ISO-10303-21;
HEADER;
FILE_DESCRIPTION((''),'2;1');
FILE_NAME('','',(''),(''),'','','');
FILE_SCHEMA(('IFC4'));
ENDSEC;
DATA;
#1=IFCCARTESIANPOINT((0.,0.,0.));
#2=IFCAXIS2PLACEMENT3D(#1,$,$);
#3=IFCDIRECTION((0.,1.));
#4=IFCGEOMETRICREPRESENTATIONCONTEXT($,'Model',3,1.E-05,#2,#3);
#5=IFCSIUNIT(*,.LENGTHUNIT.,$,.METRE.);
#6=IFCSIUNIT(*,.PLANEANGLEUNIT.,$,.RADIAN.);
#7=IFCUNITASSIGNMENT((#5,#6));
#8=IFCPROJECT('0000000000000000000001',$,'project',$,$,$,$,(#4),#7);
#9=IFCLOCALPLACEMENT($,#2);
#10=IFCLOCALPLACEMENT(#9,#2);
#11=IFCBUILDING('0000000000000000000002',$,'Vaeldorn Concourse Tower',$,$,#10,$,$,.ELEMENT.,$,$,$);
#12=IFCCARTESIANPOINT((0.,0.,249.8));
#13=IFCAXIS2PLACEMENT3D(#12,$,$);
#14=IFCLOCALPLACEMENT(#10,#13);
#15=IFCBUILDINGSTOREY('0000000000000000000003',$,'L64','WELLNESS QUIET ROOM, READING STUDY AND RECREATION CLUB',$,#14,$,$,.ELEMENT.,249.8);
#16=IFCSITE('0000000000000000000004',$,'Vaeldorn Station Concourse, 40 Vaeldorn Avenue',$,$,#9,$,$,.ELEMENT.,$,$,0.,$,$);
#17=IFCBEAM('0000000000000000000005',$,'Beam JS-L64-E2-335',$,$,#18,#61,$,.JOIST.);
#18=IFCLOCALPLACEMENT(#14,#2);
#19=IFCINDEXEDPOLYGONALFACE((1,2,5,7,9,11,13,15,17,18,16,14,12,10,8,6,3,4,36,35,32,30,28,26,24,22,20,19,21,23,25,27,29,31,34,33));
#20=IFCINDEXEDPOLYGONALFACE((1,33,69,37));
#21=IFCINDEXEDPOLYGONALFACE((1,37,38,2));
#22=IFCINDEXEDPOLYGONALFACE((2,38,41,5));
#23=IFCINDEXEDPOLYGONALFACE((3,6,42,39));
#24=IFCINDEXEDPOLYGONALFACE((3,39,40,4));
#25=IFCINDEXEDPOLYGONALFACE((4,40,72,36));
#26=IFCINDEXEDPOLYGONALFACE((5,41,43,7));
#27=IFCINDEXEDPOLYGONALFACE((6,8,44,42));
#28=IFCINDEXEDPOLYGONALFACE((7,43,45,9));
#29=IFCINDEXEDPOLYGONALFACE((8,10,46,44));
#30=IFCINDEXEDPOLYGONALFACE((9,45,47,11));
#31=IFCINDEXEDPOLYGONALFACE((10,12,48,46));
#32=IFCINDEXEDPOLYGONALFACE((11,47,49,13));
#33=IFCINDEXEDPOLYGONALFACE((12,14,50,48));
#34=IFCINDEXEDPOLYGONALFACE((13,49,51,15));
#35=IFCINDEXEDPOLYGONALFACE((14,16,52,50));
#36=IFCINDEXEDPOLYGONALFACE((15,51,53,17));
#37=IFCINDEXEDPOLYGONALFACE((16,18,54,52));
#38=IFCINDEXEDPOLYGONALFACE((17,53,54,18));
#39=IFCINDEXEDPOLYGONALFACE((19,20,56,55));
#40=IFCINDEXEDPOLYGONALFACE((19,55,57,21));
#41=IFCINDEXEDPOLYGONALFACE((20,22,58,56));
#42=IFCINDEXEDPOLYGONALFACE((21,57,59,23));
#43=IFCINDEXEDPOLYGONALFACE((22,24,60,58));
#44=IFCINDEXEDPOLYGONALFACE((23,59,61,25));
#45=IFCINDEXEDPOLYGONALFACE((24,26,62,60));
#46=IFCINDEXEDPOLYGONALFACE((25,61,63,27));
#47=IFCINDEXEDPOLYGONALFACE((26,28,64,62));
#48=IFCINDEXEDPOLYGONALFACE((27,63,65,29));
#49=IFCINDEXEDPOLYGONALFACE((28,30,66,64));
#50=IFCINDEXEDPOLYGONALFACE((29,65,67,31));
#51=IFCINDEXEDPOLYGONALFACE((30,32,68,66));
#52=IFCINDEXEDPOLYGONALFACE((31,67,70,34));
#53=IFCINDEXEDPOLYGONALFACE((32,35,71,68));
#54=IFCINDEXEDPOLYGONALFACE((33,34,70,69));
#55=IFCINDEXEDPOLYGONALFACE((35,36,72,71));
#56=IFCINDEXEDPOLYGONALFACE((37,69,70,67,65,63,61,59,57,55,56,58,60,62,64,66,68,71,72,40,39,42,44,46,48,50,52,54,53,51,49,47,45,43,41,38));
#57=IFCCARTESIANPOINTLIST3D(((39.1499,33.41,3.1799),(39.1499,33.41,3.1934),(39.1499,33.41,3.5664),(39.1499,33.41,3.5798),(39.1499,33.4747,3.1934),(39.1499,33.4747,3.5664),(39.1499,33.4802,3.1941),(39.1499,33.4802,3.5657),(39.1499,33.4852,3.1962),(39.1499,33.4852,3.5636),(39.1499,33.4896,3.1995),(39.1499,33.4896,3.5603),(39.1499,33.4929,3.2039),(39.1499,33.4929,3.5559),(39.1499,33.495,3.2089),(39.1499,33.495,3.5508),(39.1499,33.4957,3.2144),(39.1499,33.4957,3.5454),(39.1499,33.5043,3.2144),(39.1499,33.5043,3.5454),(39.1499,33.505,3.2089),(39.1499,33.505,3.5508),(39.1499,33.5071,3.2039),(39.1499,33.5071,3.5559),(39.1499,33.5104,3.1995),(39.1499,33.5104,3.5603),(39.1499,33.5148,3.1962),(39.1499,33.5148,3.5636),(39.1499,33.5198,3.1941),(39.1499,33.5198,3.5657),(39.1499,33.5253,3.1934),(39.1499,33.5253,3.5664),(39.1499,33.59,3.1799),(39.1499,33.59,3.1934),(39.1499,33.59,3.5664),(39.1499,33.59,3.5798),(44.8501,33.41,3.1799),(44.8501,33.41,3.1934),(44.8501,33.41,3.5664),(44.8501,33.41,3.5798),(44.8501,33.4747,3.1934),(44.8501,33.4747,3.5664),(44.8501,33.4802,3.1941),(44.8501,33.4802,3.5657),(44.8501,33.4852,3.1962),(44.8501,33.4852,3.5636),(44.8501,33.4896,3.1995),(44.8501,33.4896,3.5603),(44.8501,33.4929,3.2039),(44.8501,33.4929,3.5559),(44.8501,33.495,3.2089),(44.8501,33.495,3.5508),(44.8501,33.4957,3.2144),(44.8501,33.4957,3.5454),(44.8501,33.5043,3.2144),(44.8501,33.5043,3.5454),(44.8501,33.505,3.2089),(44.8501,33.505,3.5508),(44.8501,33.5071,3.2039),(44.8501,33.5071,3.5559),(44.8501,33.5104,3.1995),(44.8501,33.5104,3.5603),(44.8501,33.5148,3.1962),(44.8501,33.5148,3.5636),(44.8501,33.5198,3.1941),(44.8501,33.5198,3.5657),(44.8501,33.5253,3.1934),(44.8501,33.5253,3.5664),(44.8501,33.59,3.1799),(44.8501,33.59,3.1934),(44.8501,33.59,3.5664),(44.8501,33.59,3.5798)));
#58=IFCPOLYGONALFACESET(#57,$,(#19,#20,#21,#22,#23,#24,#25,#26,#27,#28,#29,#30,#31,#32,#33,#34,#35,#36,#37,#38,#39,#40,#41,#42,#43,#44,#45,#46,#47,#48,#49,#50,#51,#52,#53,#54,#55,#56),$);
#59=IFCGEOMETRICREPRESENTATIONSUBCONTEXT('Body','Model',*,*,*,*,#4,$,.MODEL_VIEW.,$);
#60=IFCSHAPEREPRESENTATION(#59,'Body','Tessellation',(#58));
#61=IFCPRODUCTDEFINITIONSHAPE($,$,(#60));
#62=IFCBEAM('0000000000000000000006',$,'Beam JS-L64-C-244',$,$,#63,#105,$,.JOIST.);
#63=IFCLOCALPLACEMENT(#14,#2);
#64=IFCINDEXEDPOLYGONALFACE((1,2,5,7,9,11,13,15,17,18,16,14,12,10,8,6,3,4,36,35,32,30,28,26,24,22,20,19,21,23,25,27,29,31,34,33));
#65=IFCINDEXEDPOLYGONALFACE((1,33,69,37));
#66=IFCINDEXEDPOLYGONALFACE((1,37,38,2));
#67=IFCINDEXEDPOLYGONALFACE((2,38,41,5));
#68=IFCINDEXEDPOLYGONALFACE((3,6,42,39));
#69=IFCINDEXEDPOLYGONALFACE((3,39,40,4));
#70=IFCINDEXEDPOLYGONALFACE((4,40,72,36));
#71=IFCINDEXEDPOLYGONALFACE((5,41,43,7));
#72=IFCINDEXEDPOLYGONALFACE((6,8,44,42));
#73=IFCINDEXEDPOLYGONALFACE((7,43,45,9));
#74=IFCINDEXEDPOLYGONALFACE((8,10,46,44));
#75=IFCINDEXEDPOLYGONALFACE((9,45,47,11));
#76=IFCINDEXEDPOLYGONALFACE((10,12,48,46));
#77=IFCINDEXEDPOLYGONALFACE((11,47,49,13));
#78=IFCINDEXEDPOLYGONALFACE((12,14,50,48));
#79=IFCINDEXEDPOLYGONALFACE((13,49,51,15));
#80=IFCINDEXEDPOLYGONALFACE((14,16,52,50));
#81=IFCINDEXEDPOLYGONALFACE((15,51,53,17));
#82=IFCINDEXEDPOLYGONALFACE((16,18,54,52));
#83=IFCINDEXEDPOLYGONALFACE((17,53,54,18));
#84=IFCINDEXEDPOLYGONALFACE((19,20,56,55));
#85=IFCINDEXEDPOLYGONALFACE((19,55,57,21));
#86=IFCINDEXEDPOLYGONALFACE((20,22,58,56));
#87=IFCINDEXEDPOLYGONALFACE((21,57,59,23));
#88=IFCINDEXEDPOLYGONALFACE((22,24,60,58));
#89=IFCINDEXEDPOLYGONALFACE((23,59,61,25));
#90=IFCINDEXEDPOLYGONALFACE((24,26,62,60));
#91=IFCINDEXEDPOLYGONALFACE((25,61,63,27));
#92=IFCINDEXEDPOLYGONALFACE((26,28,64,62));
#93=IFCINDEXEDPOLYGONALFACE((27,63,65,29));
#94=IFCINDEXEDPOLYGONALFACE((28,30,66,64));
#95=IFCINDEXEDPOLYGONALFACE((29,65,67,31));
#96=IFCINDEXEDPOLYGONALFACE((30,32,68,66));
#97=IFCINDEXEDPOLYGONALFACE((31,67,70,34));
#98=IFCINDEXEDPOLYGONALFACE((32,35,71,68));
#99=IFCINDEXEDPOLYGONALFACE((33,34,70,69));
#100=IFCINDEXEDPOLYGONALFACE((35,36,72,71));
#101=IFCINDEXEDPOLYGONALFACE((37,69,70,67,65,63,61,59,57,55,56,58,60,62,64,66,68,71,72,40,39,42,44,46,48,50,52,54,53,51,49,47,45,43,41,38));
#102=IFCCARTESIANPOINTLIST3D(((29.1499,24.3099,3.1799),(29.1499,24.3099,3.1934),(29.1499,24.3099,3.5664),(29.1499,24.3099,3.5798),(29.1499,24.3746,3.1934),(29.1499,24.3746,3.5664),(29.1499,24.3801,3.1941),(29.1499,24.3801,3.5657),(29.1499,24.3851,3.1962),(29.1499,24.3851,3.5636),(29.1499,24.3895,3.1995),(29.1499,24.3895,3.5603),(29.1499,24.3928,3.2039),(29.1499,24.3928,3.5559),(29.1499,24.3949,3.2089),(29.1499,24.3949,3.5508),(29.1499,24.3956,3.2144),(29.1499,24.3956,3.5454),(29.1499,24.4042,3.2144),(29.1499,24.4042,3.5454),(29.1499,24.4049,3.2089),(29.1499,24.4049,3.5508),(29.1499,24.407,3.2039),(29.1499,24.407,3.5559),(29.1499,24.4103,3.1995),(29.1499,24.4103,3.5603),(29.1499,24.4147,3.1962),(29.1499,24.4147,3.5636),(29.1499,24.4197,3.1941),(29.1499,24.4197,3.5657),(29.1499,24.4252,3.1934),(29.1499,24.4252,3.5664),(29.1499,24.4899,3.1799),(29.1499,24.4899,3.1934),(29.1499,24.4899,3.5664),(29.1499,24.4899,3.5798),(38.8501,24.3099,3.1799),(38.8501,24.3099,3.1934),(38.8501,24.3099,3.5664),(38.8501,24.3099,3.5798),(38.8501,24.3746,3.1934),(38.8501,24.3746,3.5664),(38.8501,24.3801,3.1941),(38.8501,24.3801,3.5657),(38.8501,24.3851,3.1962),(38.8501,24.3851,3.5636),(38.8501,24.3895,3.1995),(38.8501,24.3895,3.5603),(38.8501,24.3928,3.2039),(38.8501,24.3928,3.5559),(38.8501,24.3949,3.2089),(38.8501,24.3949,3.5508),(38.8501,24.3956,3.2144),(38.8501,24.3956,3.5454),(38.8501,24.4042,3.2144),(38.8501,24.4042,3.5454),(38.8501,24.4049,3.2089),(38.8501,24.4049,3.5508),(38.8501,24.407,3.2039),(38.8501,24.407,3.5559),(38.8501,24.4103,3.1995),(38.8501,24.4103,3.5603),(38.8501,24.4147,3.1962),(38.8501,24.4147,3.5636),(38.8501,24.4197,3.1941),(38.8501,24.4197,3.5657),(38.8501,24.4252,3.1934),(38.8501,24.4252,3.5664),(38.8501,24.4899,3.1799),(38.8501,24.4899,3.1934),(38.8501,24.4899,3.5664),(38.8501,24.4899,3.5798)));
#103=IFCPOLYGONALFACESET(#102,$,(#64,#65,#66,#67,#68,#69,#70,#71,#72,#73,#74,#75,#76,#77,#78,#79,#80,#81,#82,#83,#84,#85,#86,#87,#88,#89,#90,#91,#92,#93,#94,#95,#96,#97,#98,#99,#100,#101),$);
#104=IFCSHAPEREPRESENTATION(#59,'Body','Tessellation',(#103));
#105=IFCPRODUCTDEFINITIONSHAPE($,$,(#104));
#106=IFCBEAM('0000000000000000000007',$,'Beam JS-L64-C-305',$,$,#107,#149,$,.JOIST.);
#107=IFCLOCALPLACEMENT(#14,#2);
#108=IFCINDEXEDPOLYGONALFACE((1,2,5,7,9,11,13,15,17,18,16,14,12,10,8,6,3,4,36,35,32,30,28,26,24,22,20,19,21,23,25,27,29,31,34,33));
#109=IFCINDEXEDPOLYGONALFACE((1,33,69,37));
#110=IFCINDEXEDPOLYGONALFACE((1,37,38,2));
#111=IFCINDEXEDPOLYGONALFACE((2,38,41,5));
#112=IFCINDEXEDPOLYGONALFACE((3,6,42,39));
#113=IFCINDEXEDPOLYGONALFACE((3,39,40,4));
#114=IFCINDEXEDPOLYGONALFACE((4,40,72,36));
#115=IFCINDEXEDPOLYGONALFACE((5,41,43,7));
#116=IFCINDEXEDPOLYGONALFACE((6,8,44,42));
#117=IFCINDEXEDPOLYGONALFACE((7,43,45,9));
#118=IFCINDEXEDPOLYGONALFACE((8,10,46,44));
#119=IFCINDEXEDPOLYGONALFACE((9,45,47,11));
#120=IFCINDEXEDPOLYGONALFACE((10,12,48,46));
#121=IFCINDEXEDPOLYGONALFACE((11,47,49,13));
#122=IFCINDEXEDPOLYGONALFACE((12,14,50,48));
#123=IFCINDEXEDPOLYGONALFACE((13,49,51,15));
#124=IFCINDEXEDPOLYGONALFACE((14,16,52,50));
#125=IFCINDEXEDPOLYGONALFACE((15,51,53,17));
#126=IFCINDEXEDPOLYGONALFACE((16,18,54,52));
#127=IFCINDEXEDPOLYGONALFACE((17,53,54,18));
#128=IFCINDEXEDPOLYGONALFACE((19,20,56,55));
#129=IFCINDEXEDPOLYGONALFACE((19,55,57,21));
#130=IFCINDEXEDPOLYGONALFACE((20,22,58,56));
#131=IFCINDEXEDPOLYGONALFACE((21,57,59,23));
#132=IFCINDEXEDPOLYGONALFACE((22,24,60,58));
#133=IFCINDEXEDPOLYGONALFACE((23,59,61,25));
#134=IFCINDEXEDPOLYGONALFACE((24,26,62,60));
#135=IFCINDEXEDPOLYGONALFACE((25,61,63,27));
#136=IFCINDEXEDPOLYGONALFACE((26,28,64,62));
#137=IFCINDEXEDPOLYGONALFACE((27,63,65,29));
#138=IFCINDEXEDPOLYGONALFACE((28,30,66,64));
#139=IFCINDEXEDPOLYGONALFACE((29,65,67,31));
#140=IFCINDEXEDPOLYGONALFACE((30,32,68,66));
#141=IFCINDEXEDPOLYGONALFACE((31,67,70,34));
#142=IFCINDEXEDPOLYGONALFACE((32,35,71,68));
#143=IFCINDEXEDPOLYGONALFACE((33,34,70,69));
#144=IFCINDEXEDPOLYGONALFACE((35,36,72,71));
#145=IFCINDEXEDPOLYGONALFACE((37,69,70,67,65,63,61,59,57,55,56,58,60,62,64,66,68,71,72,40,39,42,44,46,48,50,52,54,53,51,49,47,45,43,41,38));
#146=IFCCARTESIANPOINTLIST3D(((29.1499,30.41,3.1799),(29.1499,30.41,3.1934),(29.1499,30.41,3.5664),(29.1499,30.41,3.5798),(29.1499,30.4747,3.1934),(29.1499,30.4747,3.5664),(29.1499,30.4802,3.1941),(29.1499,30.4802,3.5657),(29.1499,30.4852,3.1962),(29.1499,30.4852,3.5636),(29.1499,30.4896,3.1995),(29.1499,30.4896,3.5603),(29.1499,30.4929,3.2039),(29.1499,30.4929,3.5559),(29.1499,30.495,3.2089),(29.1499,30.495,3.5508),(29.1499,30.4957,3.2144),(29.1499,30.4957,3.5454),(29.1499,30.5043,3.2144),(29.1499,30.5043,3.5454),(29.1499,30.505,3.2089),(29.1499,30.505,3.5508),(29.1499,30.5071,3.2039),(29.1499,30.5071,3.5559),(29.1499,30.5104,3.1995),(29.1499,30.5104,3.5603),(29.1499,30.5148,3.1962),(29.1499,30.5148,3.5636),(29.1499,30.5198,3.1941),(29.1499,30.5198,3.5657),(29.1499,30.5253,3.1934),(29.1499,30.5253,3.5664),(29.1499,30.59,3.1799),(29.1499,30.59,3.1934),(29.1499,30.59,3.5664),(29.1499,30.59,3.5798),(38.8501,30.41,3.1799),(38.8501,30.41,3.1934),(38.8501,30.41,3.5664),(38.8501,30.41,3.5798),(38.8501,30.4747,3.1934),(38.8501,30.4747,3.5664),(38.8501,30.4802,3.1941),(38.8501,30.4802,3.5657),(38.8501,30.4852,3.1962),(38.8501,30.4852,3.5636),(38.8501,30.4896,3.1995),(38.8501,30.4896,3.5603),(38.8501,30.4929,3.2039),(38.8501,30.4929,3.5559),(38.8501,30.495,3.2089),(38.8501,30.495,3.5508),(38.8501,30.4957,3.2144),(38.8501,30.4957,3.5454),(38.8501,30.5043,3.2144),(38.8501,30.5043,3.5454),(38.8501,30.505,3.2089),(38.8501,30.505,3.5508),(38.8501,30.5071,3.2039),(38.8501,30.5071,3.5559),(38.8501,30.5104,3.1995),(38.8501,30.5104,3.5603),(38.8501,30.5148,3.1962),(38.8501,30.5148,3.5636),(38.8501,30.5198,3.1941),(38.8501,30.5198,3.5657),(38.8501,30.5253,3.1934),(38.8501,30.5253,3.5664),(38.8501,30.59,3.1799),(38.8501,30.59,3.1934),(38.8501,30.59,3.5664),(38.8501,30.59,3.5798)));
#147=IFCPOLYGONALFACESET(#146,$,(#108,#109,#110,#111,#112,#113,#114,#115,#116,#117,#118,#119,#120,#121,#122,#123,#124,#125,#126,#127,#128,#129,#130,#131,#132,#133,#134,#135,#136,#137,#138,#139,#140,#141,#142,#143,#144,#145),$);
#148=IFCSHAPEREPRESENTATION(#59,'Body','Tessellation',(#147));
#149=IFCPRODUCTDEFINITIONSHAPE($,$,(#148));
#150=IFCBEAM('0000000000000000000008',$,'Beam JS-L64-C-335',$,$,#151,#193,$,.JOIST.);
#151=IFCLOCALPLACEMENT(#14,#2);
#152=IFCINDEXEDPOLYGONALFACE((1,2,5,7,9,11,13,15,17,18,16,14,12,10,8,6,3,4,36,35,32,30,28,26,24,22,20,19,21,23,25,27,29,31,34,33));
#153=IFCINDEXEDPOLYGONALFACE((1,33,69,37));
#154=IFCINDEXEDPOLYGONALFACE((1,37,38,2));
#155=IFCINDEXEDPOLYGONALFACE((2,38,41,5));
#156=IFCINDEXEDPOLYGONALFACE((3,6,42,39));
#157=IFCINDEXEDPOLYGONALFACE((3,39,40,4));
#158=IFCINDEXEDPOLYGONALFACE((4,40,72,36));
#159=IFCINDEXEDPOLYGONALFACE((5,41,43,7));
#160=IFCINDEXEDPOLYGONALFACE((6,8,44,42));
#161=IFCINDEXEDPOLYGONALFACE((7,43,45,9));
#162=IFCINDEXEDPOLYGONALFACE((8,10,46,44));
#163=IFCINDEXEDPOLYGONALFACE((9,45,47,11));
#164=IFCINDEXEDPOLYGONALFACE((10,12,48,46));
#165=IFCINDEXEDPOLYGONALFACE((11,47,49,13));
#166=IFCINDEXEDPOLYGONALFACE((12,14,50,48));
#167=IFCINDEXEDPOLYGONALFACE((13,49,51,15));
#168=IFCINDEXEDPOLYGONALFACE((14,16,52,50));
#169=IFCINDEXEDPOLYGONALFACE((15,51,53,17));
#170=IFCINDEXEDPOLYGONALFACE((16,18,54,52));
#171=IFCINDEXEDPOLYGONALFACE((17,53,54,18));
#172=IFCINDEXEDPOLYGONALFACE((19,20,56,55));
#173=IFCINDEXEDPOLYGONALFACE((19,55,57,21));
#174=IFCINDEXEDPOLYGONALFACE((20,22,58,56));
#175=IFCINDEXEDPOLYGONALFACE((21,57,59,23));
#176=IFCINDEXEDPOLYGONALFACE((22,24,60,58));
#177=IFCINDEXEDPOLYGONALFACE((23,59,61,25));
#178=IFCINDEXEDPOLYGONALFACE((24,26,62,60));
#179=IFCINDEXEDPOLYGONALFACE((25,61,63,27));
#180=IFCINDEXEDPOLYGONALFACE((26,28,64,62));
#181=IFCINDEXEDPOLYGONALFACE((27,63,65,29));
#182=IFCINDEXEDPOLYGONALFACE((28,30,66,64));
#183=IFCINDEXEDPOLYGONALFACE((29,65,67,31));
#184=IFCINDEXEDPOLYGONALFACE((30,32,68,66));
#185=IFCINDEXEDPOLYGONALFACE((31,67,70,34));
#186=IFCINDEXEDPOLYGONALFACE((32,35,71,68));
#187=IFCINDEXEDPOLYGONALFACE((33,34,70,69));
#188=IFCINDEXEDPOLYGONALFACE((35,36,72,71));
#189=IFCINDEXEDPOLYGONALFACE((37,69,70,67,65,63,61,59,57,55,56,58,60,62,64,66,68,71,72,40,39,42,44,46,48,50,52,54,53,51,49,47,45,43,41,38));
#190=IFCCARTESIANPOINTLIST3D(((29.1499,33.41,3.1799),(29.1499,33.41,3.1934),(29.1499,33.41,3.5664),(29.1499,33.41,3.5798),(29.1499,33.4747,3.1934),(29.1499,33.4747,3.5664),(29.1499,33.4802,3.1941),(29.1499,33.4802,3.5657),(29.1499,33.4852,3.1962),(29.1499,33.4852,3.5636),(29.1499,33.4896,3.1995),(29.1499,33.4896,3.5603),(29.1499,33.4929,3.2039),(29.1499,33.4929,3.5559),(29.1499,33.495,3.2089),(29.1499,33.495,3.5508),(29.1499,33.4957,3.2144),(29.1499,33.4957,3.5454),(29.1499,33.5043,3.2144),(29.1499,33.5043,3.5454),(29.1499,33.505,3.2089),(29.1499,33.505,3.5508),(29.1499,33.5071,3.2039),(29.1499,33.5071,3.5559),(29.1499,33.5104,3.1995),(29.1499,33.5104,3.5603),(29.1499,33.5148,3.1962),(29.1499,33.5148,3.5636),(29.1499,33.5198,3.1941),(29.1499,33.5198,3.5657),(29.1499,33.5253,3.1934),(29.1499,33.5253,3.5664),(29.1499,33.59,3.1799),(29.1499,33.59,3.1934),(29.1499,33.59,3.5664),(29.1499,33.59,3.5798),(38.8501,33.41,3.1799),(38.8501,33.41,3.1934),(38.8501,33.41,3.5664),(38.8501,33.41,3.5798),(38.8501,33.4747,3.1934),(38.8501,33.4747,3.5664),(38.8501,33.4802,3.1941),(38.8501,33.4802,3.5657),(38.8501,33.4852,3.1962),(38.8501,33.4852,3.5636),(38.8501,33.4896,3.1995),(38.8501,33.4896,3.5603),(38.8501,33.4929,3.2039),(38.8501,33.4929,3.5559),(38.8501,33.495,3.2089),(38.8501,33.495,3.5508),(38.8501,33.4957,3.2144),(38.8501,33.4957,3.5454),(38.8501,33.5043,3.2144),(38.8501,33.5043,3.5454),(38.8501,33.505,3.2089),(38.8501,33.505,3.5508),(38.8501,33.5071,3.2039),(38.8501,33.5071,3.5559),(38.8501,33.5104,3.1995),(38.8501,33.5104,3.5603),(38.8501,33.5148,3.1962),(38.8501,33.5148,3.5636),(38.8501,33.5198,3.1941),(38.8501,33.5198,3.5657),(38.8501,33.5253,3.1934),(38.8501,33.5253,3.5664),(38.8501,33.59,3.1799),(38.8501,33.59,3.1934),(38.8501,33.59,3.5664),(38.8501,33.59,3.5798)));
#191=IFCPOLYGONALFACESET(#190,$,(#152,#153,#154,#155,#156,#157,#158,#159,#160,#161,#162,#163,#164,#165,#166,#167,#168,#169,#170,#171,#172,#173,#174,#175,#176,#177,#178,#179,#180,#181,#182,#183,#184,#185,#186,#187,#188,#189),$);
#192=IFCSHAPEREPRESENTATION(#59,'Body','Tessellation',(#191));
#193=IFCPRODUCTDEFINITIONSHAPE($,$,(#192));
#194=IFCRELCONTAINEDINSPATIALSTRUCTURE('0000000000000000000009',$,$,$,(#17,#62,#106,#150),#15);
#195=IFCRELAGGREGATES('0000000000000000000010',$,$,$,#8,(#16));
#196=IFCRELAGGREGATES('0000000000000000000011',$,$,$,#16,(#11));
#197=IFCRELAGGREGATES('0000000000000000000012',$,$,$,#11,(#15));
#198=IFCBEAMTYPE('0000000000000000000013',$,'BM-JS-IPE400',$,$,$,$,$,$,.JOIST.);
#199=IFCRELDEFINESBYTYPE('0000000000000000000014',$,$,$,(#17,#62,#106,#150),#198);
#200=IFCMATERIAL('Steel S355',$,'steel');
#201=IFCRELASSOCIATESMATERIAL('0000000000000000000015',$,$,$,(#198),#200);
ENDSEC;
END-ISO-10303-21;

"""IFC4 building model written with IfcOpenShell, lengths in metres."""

from ifc_helpers import new_model, si_unit, direction, frame, origin, origin_2d, place, context, subcontext, project, spatial, i_section, extrude, source, transform, mapped, material, material_profile, profile_set, type_object, element, save


model = new_model("IFC4")

# Units and contexts
model_context = context("Model", 3, precision=1e-05, world=origin(), true_north=direction((0.0, 1.0)))
body_context = subcontext(model_context, "Body", "Model", "MODEL_VIEW")
ifc_project = project(units=[si_unit("LENGTHUNIT", "METRE"), si_unit("PLANEANGLEUNIT", "RADIAN")], contexts=[model_context])

# Site, building, storey
site_placement = place(None, origin())
site = spatial("IfcSite", under=ifc_project, at=site_placement, Name="Vaeldorn Station Concourse, 40 Vaeldorn Avenue", CompositionType="ELEMENT", RefElevation=0.0)
building_placement = place(site_placement, origin())
building = spatial("IfcBuilding", under=site, at=building_placement, Name="Vaeldorn Concourse Tower", CompositionType="ELEMENT")
storey_placement = place(building_placement, frame((0.0, 0.0, 249.8)))
storey = spatial("IfcBuildingStorey", under=building, at=storey_placement, Name="L64", Description="WELLNESS QUIET ROOM, READING STUDY AND RECREATION CLUB", CompositionType="ELEMENT", Elevation=249.8)

# Shared definitions
ifc_material_1 = material(Name="Steel S355", Category="steel")

# Beams
ifc_material_profile_1 = material_profile(ifc_material_1, i_section(OverallWidth=0.1799, OverallDepth=0.3999, WebThickness=0.0085, FlangeThickness=0.0134, FilletRadius=0.021, at=origin_2d()), Name="IPE 400")
ifc_profile_set_1 = profile_set([ifc_material_profile_1], Name="Steel S355")
beam_type_1 = type_object("IfcBeamType", Name="BM-JS-IPE400", PredefinedType="JOIST", material=ifc_profile_set_1)
shared_shape_1 = source(origin(), body_context, "Body", "SweptSolid", [
    extrude(i_section(OverallWidth=0.1799, OverallDepth=0.3999, WebThickness=0.0085, FlangeThickness=0.0134, FilletRadius=0.021, at=origin_2d()), origin(), (0.0, 0.0, 1.0), 5.7002),
])
for number, where, z_axis, x_axis, name in (
    (1, (39.1499, 33.5, 3.3799), (1.0, 0.0, 0.0), (0.0, 1.0, 0.0), "Beam JS-L64-E2-335"),
):
    element("IfcBeam", number, at=place(storey_placement, frame(where, z_axis=z_axis, x_axis=x_axis)), inside=storey, type_object=beam_type_1, Name=name, PredefinedType="JOIST", context=body_context, shape_type="MappedRepresentation", body=[
        mapped(shared_shape_1, transform((0.0, 0.0, 0.0), scale=1.0)),
    ])
shared_shape_2 = source(origin(), body_context, "Body", "SweptSolid", [
    extrude(i_section(OverallWidth=0.1799, OverallDepth=0.3999, WebThickness=0.0085, FlangeThickness=0.0134, FilletRadius=0.021, at=origin_2d()), origin(), (0.0, 0.0, 1.0), 9.7002),
])
for number, where, z_axis, x_axis, name in (
    (2, (29.1499, 24.3999, 3.3799), (1.0, 0.0, 0.0), (0.0, 1.0, 0.0), "Beam JS-L64-C-244"),
    (3, (29.1499, 30.5, 3.3799), (1.0, 0.0, 0.0), (0.0, 1.0, 0.0), "Beam JS-L64-C-305"),
    (4, (29.1499, 33.5, 3.3799), (1.0, 0.0, 0.0), (0.0, 1.0, 0.0), "Beam JS-L64-C-335"),
):
    element("IfcBeam", number, at=place(storey_placement, frame(where, z_axis=z_axis, x_axis=x_axis)), inside=storey, type_object=beam_type_1, Name=name, PredefinedType="JOIST", context=body_context, shape_type="MappedRepresentation", body=[
        mapped(shared_shape_2, transform((0.0, 0.0, 0.0), scale=1.0)),
    ])

save(model, "model.ifc")
